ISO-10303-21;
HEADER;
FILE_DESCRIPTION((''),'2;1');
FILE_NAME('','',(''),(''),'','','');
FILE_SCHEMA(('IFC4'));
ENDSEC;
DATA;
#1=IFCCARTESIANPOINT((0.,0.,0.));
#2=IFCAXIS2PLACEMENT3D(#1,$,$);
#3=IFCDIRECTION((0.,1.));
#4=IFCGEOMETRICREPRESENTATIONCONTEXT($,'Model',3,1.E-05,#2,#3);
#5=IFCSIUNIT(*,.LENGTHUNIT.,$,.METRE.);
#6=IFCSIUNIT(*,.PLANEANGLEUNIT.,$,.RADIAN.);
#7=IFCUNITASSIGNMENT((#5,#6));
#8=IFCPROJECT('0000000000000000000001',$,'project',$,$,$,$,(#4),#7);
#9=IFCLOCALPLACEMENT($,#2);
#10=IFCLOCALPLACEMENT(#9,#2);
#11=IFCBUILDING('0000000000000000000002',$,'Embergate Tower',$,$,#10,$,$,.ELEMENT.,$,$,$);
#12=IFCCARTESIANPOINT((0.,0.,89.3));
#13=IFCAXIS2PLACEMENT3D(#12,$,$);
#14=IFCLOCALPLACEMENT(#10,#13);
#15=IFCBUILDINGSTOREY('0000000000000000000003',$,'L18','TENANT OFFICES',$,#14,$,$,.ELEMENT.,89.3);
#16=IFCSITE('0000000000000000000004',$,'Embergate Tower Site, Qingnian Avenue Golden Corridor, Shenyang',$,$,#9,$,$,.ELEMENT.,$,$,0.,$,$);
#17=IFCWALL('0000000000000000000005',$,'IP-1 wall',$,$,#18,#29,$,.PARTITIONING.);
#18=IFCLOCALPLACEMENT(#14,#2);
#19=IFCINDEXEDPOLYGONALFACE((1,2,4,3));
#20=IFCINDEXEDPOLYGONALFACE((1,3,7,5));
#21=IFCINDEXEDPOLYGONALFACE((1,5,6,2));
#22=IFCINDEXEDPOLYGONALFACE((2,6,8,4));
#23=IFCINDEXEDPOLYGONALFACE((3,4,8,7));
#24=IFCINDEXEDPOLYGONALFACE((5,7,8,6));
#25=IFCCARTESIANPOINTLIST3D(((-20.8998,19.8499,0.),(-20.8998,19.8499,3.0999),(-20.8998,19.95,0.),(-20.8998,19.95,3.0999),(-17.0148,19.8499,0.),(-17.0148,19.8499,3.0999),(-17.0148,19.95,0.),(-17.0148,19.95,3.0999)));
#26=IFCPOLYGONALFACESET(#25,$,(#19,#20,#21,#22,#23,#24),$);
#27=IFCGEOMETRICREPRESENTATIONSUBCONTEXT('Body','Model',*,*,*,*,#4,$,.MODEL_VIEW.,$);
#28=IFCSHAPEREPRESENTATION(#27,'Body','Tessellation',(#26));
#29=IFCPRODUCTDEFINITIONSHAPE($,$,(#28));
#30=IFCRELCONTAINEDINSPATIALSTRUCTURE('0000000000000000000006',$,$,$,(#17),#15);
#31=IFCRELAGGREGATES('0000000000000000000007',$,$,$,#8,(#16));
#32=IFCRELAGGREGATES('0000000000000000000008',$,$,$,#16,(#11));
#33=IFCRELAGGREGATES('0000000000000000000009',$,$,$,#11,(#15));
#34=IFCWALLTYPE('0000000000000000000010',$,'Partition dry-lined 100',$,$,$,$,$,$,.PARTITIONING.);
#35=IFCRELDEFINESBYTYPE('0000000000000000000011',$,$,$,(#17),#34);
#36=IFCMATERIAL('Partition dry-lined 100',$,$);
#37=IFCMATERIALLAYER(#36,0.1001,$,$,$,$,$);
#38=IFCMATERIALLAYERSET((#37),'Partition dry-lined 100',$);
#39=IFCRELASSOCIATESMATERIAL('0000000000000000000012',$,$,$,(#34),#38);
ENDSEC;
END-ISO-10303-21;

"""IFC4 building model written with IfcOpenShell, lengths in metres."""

from ifc_helpers import new_model, si_unit, direction, frame, frame_2d, origin, place, context, subcontext, project, spatial, rectangle, extrude, source, transform, mapped, material, layer, layer_set, type_object, element, save


model = new_model("IFC4")

# Units and contexts
model_context = context("Model", 3, precision=1e-05, world=origin(), true_north=direction((0.0, 1.0)))
body_context = subcontext(model_context, "Body", "Model", "MODEL_VIEW")
ifc_project = project(units=[si_unit("LENGTHUNIT", "METRE"), si_unit("PLANEANGLEUNIT", "RADIAN")], contexts=[model_context])

# Site, building, storey
site_placement = place(None, origin())
site = spatial("IfcSite", under=ifc_project, at=site_placement, Name="Embergate Tower Site, Qingnian Avenue Golden Corridor, Shenyang", CompositionType="ELEMENT", RefElevation=0.0)
building_placement = place(site_placement, origin())
building = spatial("IfcBuilding", under=site, at=building_placement, Name="Embergate Tower", CompositionType="ELEMENT")
storey_placement = place(building_placement, frame((0.0, 0.0, 89.3)))
storey = spatial("IfcBuildingStorey", under=building, at=storey_placement, Name="L18", Description="TENANT OFFICES", CompositionType="ELEMENT", Elevation=89.3)

# Wall
ifc_material_1 = material(Name="Partition dry-lined 100")
ifc_layer_1 = layer(ifc_material_1, 0.1001)
ifc_layer_set_1 = layer_set([ifc_layer_1], Name="Partition dry-lined 100")
wall_type_1 = type_object("IfcWallType", Name="Partition dry-lined 100", PredefinedType="PARTITIONING", material=ifc_layer_set_1)
shared_shape_1 = source(origin(), body_context, "Body", "SweptSolid", [
    extrude(rectangle(XDim=3.885, YDim=0.1001, at=frame_2d((1.9424, 0.0))), origin(), (0.0, 0.0, 1.0), 3.0999),
])
wall_1_placement = place(storey_placement, frame((-17.0149, 19.8999, 0.0), z_axis=(0.0, 0.0, 1.0), x_axis=(-1.0, 0.0, 0.0)))
element("IfcWall", 1, at=wall_1_placement, inside=storey, type_object=wall_type_1, Name="IP-1 wall", PredefinedType="PARTITIONING", context=body_context, shape_type="MappedRepresentation", body=[
    mapped(shared_shape_1, transform((0.0, 0.0, 0.0))),
])

save(model, "model.ifc")
